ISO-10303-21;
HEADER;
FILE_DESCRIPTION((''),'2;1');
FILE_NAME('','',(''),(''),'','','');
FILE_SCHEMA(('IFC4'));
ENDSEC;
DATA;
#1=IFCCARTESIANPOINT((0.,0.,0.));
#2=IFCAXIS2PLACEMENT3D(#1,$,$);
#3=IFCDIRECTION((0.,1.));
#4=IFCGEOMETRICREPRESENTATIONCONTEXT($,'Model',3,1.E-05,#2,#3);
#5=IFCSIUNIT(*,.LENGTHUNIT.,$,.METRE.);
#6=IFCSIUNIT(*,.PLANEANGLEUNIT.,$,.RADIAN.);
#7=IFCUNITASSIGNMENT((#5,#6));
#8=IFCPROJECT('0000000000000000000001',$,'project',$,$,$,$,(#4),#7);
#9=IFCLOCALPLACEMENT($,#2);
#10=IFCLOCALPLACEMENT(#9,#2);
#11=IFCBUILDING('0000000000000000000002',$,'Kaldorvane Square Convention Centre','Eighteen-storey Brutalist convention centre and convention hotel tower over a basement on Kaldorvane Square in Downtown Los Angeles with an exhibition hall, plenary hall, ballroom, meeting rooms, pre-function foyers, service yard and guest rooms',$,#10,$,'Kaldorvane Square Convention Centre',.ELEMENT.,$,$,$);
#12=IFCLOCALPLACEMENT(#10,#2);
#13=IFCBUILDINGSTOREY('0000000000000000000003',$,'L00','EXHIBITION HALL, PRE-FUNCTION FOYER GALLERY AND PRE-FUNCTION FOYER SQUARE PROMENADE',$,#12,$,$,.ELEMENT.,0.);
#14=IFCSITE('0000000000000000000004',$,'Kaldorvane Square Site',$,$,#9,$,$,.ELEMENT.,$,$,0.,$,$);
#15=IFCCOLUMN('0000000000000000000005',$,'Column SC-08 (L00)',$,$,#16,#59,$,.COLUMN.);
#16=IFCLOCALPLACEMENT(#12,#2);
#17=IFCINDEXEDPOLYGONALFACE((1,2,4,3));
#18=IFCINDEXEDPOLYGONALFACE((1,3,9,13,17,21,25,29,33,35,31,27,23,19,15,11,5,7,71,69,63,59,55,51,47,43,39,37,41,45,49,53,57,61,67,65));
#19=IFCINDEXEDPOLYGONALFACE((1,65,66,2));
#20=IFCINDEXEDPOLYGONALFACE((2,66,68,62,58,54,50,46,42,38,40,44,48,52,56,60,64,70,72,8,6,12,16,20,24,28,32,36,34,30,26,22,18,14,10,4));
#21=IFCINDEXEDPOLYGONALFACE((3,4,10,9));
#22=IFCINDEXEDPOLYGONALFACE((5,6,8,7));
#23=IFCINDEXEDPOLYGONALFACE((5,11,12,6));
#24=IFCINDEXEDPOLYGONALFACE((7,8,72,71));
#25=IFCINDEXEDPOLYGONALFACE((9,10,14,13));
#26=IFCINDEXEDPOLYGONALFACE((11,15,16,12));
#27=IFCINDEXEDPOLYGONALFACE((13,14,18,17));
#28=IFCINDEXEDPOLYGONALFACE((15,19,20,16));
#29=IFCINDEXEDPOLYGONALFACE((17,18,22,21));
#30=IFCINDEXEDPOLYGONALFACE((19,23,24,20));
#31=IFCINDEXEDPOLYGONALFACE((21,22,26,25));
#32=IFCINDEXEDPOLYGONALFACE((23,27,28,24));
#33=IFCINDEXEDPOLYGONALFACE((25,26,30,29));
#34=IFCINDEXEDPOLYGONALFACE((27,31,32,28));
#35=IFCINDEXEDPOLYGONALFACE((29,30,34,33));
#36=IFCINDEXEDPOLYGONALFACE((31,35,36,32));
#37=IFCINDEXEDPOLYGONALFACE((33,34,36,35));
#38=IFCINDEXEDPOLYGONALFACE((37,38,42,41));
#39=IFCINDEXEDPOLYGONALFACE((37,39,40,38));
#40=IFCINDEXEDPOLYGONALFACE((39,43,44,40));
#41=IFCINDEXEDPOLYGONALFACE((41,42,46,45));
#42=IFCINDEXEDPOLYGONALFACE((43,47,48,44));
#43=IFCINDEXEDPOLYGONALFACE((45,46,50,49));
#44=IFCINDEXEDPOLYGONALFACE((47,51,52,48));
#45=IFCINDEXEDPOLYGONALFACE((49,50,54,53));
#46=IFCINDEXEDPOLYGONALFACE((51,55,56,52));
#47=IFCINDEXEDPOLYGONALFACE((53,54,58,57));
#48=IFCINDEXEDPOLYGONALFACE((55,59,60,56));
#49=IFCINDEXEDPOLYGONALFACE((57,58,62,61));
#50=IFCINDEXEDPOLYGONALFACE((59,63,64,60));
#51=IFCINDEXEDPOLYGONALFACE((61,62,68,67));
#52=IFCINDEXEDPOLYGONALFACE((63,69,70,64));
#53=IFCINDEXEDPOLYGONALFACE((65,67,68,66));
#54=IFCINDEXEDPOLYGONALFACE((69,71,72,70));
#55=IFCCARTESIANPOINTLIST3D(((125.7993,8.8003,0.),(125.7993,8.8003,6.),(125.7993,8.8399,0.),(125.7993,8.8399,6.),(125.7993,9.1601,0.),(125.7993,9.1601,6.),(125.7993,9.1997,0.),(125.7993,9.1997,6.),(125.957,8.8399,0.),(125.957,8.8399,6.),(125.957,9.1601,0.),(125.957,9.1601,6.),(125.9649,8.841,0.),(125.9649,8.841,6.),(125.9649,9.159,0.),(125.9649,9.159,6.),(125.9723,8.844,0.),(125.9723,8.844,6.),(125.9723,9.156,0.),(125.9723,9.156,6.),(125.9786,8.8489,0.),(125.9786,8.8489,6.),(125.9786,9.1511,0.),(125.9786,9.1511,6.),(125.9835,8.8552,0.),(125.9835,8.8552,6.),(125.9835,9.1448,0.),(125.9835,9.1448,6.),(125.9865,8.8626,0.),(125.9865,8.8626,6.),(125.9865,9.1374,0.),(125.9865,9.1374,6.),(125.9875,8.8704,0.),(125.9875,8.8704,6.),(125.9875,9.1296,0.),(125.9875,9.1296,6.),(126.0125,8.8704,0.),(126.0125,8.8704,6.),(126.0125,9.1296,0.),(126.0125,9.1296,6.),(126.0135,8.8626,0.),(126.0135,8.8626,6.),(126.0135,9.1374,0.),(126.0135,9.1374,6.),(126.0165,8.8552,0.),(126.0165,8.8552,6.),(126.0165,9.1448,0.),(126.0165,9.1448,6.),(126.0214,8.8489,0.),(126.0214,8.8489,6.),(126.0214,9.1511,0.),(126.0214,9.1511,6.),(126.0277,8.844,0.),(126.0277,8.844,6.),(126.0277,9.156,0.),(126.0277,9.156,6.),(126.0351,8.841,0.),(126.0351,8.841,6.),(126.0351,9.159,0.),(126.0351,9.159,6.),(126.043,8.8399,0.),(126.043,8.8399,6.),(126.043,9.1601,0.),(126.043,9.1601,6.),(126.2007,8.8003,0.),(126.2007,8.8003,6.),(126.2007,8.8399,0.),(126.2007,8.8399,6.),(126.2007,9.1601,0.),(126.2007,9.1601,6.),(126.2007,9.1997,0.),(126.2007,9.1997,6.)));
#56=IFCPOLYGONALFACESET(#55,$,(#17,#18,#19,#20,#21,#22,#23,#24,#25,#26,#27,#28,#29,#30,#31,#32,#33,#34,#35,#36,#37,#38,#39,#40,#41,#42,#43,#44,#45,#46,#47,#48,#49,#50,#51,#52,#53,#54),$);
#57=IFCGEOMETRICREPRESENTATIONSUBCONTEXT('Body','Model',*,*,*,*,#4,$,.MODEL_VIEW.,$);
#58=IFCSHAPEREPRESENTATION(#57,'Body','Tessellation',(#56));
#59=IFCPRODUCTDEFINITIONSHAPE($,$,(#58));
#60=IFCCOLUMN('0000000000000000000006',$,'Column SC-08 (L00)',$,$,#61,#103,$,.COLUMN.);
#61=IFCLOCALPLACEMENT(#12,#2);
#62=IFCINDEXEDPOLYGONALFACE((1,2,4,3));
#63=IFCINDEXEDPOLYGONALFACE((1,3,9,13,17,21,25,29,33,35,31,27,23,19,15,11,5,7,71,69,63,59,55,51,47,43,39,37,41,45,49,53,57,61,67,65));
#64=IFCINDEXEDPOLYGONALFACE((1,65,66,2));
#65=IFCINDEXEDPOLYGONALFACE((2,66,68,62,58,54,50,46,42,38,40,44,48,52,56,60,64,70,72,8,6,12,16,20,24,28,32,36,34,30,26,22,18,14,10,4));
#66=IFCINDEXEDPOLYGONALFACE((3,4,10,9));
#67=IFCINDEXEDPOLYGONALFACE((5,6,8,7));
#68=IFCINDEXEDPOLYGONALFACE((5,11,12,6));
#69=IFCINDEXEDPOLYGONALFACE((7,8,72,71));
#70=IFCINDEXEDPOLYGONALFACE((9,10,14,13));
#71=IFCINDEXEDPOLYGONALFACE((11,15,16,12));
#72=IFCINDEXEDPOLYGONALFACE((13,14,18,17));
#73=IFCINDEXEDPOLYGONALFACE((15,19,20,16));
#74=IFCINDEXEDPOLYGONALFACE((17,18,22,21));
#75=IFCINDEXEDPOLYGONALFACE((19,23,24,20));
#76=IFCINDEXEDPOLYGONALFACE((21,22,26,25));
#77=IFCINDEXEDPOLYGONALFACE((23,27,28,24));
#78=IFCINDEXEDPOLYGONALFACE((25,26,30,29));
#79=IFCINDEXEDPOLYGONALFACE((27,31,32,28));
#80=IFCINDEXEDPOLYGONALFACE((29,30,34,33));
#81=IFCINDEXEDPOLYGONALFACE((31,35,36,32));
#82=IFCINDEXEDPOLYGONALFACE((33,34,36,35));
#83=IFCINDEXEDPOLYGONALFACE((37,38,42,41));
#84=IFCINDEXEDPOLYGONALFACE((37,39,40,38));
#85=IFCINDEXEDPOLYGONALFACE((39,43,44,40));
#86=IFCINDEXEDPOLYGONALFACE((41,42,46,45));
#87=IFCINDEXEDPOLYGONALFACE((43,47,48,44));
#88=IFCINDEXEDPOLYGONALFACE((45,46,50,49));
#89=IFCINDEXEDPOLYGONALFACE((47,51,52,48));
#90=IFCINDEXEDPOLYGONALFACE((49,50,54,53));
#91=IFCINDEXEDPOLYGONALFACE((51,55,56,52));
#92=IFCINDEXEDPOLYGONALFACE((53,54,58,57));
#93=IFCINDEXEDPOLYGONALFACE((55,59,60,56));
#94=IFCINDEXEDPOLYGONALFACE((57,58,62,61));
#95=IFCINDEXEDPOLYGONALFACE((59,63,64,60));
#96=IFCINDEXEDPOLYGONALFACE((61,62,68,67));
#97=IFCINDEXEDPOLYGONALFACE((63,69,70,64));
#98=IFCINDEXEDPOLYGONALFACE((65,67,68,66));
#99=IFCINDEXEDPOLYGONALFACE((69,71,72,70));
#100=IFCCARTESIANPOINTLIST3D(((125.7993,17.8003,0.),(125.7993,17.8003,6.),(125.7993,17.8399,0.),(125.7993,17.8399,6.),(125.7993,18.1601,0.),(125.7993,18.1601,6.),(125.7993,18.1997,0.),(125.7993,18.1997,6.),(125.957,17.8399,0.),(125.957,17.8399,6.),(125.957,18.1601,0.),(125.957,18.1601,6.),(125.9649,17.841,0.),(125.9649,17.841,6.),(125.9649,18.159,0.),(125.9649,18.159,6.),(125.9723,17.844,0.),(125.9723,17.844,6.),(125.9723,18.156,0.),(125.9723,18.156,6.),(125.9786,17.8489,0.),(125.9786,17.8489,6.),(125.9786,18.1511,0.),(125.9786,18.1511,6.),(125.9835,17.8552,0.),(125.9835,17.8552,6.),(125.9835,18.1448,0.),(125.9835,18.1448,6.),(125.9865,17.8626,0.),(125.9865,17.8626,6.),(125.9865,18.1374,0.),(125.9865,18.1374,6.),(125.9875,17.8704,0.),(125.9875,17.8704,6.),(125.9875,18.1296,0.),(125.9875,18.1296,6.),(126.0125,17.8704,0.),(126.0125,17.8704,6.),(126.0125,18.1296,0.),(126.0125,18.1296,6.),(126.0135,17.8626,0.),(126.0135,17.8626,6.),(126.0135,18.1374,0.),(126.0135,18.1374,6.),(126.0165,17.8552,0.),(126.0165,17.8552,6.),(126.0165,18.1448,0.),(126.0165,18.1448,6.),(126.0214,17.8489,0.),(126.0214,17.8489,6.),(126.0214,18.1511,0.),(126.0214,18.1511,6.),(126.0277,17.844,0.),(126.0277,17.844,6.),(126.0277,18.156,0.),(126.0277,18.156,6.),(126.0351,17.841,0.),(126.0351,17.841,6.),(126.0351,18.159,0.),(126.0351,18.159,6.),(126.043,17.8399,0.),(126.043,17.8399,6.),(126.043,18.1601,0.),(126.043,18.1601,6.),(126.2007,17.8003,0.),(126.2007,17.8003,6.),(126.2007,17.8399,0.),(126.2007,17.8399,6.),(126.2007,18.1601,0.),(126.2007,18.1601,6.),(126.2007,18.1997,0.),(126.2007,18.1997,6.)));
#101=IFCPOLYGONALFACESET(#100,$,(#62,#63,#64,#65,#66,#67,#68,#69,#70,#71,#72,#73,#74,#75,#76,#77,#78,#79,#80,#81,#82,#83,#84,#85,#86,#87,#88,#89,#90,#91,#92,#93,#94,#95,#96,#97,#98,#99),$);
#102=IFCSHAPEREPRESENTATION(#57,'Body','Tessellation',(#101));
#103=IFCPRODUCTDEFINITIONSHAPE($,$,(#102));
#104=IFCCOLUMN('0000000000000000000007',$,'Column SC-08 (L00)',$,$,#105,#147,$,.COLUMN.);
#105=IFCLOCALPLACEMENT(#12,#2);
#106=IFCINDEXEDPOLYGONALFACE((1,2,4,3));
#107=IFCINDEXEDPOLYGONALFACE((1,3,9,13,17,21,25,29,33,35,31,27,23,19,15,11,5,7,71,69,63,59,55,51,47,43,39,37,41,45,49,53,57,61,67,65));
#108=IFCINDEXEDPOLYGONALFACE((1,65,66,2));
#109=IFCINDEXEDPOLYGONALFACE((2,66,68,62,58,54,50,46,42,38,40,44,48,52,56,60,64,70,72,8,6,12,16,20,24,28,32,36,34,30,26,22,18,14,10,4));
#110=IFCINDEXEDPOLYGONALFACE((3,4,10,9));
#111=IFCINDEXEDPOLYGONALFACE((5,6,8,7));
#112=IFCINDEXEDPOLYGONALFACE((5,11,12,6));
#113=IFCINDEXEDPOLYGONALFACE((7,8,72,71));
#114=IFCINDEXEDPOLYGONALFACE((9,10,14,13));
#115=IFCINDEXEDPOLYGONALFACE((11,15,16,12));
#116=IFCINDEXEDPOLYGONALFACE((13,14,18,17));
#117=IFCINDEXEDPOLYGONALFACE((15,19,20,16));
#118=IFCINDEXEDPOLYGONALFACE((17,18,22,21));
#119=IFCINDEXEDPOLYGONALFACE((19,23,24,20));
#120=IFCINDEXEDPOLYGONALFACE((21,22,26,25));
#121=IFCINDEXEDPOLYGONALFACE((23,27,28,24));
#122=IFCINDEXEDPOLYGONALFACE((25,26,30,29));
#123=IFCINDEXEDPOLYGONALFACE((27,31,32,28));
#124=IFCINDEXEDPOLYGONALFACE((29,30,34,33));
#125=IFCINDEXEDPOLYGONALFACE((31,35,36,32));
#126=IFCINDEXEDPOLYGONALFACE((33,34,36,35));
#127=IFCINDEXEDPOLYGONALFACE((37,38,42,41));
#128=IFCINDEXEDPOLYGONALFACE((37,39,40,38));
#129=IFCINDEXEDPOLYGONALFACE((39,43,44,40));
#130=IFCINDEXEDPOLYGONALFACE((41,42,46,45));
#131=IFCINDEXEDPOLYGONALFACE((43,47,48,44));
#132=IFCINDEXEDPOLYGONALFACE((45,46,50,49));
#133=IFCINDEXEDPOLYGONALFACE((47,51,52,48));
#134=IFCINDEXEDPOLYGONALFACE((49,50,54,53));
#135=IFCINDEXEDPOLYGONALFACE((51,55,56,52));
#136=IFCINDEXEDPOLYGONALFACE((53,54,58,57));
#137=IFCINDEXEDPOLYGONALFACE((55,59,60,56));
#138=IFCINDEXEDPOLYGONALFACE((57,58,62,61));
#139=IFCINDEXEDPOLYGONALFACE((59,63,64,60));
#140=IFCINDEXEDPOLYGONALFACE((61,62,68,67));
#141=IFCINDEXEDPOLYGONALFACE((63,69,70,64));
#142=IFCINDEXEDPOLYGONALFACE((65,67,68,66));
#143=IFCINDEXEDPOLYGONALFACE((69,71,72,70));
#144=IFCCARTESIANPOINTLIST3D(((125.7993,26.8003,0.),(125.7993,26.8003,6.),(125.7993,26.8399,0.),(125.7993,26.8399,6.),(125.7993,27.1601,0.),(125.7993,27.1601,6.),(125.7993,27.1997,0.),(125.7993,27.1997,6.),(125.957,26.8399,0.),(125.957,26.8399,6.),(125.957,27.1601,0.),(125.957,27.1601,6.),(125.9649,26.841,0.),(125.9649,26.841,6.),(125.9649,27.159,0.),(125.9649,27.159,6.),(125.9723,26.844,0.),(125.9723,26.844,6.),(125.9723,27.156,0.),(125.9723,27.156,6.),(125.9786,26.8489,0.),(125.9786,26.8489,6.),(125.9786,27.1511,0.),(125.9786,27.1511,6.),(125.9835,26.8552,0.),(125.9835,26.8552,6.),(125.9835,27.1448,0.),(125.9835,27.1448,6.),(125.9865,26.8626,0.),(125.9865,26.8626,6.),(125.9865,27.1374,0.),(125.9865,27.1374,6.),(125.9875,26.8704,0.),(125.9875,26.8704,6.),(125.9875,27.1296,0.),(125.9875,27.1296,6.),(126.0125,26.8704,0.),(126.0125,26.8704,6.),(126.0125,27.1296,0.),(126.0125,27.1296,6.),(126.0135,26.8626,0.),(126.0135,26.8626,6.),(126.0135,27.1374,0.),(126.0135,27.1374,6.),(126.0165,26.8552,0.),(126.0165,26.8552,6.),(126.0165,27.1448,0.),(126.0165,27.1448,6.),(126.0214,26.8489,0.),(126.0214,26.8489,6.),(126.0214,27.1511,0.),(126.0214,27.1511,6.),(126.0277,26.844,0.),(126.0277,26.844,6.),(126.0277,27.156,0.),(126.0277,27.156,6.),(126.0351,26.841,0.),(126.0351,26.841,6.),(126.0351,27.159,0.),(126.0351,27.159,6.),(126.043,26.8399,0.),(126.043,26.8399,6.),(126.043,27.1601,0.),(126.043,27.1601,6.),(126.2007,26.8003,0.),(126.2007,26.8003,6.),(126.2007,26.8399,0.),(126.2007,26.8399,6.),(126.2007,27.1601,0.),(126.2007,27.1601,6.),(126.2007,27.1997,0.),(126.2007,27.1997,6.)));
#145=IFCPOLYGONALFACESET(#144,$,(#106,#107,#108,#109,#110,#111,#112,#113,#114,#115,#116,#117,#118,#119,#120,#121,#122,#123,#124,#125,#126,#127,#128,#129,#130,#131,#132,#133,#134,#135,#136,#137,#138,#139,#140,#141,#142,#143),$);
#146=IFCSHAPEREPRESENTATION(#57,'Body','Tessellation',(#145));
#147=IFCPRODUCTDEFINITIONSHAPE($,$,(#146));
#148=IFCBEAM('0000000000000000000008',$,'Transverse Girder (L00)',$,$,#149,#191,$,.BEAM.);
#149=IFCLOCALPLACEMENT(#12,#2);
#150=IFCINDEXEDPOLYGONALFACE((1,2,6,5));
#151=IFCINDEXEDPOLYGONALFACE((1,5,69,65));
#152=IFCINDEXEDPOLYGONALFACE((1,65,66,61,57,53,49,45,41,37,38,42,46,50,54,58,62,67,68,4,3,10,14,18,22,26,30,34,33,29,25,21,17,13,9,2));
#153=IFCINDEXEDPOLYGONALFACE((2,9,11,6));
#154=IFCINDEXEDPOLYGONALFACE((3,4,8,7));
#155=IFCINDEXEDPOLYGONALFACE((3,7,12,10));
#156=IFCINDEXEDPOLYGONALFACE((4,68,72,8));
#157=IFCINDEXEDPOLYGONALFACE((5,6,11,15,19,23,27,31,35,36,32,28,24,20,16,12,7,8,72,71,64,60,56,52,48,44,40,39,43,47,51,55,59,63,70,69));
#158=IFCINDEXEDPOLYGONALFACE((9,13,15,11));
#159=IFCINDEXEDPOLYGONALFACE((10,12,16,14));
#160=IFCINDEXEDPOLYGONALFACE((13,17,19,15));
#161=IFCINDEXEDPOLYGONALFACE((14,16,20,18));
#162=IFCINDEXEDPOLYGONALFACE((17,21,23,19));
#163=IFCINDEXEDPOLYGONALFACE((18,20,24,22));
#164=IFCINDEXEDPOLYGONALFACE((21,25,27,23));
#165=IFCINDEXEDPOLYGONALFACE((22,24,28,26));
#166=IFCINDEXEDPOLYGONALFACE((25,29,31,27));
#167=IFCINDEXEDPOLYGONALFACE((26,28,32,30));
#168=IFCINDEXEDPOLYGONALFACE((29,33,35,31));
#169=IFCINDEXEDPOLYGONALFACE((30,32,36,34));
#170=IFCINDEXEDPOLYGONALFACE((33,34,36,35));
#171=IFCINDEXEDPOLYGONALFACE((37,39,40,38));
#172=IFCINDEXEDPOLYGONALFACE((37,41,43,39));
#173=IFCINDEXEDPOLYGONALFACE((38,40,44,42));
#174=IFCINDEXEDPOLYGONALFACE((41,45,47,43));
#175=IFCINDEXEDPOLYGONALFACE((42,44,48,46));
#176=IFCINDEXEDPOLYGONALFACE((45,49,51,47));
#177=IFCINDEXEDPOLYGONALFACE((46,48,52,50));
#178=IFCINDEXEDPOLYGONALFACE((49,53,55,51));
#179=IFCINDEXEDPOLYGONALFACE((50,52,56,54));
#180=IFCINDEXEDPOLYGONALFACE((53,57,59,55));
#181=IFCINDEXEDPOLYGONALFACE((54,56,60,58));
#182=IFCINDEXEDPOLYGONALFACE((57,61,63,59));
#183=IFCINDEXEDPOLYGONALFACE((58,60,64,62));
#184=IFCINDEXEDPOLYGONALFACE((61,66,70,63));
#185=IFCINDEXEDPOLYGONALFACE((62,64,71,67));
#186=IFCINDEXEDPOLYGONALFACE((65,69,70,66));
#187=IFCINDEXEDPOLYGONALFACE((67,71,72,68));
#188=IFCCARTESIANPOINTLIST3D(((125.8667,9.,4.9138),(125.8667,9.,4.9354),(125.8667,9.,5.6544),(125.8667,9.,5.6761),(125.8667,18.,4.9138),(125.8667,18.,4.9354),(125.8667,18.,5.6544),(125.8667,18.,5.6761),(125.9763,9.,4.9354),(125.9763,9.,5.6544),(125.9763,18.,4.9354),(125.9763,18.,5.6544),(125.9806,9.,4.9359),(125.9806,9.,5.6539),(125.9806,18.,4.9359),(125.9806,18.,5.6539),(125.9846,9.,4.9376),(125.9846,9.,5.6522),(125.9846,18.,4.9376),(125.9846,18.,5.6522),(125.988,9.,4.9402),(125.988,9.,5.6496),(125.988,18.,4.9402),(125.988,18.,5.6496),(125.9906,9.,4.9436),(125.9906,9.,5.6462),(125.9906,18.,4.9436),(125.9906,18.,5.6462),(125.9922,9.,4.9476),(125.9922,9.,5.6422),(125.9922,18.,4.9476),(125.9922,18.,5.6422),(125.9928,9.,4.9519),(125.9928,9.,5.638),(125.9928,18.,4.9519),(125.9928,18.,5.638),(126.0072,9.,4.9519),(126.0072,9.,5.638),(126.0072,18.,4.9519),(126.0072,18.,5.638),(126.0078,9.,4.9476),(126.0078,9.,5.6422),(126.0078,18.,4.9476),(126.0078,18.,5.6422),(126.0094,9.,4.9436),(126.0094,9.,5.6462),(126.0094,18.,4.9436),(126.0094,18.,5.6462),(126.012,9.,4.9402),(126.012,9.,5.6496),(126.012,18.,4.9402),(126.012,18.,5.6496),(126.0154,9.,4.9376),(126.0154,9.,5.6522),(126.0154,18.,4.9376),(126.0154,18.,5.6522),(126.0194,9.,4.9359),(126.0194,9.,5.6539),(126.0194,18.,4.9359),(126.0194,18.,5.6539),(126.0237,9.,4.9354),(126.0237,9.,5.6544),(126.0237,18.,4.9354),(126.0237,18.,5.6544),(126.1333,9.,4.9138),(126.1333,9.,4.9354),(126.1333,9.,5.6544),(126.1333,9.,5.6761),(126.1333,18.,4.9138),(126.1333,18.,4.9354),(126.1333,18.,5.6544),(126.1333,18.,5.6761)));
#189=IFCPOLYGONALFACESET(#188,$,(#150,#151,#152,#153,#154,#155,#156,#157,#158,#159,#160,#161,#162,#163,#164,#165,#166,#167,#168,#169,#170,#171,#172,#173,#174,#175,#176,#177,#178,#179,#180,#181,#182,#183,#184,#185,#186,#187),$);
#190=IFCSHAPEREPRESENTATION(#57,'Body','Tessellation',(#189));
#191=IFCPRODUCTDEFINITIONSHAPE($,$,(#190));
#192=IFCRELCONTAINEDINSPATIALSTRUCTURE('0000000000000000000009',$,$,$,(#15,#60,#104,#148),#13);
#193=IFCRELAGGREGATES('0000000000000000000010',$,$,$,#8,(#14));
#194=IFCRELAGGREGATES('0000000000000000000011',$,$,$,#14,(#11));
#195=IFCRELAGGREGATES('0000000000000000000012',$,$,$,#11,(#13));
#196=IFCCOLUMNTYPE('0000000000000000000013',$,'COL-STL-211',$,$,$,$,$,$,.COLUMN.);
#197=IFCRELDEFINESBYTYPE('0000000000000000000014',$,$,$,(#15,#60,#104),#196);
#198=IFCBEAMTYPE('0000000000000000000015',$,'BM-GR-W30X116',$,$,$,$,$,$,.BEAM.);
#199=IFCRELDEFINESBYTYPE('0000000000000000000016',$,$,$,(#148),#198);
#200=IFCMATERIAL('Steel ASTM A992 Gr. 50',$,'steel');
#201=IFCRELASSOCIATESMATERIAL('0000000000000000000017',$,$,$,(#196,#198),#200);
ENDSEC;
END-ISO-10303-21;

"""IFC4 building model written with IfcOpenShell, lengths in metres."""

from ifc_helpers import new_model, si_unit, direction, frame, origin, origin_2d, place, context, subcontext, project, spatial, i_section, extrude, material, material_profile, profile_set, type_object, element, save


model = new_model("IFC4")

# Units and contexts
model_context = context("Model", 3, precision=1e-05, world=origin(), true_north=direction((0.0, 1.0)))
body_context = subcontext(model_context, "Body", "Model", "MODEL_VIEW")
ifc_project = project(units=[si_unit("LENGTHUNIT", "METRE"), si_unit("PLANEANGLEUNIT", "RADIAN")], contexts=[model_context])

# Site, building, storey
site_placement = place(None, origin())
site = spatial("IfcSite", under=ifc_project, at=site_placement, Name="Kaldorvane Square Site", CompositionType="ELEMENT", RefElevation=0.0)
building_placement = place(site_placement, origin())
building = spatial("IfcBuilding", under=site, at=building_placement, Name="Kaldorvane Square Convention Centre", Description="Eighteen-storey Brutalist convention centre and convention hotel tower over a basement on Kaldorvane Square in Downtown Los Angeles with an exhibition hall, plenary hall, ballroom, meeting rooms, pre-function foyers, service yard and guest rooms", LongName="Kaldorvane Square Convention Centre", CompositionType="ELEMENT")
storey_placement = place(building_placement, origin())
storey = spatial("IfcBuildingStorey", under=building, at=storey_placement, Name="L00", Description="EXHIBITION HALL, PRE-FUNCTION FOYER GALLERY AND PRE-FUNCTION FOYER SQUARE PROMENADE", CompositionType="ELEMENT", Elevation=0.0)

# Columns
ifc_material_1 = material(Name="Steel ASTM A992 Gr. 50", Category="steel")
ifc_material_profile_1 = material_profile(ifc_material_1, i_section(OverallWidth=0.4013, OverallDepth=0.3993, WebThickness=0.0249, FlangeThickness=0.0396, FilletRadius=0.0305, at=origin_2d()), Name="W14X211")
ifc_profile_set_1 = profile_set([ifc_material_profile_1], Name="Steel ASTM A992 Gr. 50")
column_type = type_object("IfcColumnType", Name="COL-STL-211", PredefinedType="COLUMN", material=ifc_profile_set_1)
for number, where, z_axis, x_axis, name in (
    (1, (126.0, 9.0, 0.0), (0.0, 0.0, 1.0), (1.0, 0.0, 0.0), "Column SC-08 (L00)"),
    (2, (126.0, 18.0, 0.0), (0.0, 0.0, 1.0), (1.0, 0.0, 0.0), "Column SC-08 (L00)"),
    (3, (126.0, 27.0, 0.0), (0.0, 0.0, 1.0), (1.0, 0.0, 0.0), "Column SC-08 (L00)"),
):
    element("IfcColumn", number, at=place(storey_placement, frame(where, z_axis=z_axis, x_axis=x_axis)), inside=storey, type_object=column_type, Name=name, PredefinedType="COLUMN", context=body_context, shape_type="SweptSolid", body=[
        extrude(i_section(OverallWidth=0.4013, OverallDepth=0.3993, WebThickness=0.0249, FlangeThickness=0.0396, FilletRadius=0.0305, at=origin_2d()), origin(), (0.0, 0.0, 1.0), 6.0),
    ])

# Beam
ifc_material_profile_2 = material_profile(ifc_material_1, i_section(OverallWidth=0.2666, OverallDepth=0.7623, WebThickness=0.0144, FlangeThickness=0.0216, FilletRadius=0.0165, at=origin_2d()), Name="W30X116")
ifc_profile_set_2 = profile_set([ifc_material_profile_2], Name="Steel ASTM A992 Gr. 50")
beam_type_1 = type_object("IfcBeamType", Name="BM-GR-W30X116", PredefinedType="BEAM", material=ifc_profile_set_2)
for number, where, z_axis, x_axis, name in (
    (4, (126.0, 9.0, 5.2949), (0.0, 1.0, 0.0), (-1.0, 0.0, 0.0), "Transverse Girder (L00)"),
):
    element("IfcBeam", number, at=place(storey_placement, frame(where, z_axis=z_axis, x_axis=x_axis)), inside=storey, type_object=beam_type_1, Name=name, PredefinedType="BEAM", context=body_context, shape_type="SweptSolid", body=[
        extrude(i_section(OverallWidth=0.2666, OverallDepth=0.7623, WebThickness=0.0144, FlangeThickness=0.0216, FilletRadius=0.0165, at=origin_2d()), origin(), (0.0, 0.0, 1.0), 9.0),
    ])

save(model, "model.ifc")
